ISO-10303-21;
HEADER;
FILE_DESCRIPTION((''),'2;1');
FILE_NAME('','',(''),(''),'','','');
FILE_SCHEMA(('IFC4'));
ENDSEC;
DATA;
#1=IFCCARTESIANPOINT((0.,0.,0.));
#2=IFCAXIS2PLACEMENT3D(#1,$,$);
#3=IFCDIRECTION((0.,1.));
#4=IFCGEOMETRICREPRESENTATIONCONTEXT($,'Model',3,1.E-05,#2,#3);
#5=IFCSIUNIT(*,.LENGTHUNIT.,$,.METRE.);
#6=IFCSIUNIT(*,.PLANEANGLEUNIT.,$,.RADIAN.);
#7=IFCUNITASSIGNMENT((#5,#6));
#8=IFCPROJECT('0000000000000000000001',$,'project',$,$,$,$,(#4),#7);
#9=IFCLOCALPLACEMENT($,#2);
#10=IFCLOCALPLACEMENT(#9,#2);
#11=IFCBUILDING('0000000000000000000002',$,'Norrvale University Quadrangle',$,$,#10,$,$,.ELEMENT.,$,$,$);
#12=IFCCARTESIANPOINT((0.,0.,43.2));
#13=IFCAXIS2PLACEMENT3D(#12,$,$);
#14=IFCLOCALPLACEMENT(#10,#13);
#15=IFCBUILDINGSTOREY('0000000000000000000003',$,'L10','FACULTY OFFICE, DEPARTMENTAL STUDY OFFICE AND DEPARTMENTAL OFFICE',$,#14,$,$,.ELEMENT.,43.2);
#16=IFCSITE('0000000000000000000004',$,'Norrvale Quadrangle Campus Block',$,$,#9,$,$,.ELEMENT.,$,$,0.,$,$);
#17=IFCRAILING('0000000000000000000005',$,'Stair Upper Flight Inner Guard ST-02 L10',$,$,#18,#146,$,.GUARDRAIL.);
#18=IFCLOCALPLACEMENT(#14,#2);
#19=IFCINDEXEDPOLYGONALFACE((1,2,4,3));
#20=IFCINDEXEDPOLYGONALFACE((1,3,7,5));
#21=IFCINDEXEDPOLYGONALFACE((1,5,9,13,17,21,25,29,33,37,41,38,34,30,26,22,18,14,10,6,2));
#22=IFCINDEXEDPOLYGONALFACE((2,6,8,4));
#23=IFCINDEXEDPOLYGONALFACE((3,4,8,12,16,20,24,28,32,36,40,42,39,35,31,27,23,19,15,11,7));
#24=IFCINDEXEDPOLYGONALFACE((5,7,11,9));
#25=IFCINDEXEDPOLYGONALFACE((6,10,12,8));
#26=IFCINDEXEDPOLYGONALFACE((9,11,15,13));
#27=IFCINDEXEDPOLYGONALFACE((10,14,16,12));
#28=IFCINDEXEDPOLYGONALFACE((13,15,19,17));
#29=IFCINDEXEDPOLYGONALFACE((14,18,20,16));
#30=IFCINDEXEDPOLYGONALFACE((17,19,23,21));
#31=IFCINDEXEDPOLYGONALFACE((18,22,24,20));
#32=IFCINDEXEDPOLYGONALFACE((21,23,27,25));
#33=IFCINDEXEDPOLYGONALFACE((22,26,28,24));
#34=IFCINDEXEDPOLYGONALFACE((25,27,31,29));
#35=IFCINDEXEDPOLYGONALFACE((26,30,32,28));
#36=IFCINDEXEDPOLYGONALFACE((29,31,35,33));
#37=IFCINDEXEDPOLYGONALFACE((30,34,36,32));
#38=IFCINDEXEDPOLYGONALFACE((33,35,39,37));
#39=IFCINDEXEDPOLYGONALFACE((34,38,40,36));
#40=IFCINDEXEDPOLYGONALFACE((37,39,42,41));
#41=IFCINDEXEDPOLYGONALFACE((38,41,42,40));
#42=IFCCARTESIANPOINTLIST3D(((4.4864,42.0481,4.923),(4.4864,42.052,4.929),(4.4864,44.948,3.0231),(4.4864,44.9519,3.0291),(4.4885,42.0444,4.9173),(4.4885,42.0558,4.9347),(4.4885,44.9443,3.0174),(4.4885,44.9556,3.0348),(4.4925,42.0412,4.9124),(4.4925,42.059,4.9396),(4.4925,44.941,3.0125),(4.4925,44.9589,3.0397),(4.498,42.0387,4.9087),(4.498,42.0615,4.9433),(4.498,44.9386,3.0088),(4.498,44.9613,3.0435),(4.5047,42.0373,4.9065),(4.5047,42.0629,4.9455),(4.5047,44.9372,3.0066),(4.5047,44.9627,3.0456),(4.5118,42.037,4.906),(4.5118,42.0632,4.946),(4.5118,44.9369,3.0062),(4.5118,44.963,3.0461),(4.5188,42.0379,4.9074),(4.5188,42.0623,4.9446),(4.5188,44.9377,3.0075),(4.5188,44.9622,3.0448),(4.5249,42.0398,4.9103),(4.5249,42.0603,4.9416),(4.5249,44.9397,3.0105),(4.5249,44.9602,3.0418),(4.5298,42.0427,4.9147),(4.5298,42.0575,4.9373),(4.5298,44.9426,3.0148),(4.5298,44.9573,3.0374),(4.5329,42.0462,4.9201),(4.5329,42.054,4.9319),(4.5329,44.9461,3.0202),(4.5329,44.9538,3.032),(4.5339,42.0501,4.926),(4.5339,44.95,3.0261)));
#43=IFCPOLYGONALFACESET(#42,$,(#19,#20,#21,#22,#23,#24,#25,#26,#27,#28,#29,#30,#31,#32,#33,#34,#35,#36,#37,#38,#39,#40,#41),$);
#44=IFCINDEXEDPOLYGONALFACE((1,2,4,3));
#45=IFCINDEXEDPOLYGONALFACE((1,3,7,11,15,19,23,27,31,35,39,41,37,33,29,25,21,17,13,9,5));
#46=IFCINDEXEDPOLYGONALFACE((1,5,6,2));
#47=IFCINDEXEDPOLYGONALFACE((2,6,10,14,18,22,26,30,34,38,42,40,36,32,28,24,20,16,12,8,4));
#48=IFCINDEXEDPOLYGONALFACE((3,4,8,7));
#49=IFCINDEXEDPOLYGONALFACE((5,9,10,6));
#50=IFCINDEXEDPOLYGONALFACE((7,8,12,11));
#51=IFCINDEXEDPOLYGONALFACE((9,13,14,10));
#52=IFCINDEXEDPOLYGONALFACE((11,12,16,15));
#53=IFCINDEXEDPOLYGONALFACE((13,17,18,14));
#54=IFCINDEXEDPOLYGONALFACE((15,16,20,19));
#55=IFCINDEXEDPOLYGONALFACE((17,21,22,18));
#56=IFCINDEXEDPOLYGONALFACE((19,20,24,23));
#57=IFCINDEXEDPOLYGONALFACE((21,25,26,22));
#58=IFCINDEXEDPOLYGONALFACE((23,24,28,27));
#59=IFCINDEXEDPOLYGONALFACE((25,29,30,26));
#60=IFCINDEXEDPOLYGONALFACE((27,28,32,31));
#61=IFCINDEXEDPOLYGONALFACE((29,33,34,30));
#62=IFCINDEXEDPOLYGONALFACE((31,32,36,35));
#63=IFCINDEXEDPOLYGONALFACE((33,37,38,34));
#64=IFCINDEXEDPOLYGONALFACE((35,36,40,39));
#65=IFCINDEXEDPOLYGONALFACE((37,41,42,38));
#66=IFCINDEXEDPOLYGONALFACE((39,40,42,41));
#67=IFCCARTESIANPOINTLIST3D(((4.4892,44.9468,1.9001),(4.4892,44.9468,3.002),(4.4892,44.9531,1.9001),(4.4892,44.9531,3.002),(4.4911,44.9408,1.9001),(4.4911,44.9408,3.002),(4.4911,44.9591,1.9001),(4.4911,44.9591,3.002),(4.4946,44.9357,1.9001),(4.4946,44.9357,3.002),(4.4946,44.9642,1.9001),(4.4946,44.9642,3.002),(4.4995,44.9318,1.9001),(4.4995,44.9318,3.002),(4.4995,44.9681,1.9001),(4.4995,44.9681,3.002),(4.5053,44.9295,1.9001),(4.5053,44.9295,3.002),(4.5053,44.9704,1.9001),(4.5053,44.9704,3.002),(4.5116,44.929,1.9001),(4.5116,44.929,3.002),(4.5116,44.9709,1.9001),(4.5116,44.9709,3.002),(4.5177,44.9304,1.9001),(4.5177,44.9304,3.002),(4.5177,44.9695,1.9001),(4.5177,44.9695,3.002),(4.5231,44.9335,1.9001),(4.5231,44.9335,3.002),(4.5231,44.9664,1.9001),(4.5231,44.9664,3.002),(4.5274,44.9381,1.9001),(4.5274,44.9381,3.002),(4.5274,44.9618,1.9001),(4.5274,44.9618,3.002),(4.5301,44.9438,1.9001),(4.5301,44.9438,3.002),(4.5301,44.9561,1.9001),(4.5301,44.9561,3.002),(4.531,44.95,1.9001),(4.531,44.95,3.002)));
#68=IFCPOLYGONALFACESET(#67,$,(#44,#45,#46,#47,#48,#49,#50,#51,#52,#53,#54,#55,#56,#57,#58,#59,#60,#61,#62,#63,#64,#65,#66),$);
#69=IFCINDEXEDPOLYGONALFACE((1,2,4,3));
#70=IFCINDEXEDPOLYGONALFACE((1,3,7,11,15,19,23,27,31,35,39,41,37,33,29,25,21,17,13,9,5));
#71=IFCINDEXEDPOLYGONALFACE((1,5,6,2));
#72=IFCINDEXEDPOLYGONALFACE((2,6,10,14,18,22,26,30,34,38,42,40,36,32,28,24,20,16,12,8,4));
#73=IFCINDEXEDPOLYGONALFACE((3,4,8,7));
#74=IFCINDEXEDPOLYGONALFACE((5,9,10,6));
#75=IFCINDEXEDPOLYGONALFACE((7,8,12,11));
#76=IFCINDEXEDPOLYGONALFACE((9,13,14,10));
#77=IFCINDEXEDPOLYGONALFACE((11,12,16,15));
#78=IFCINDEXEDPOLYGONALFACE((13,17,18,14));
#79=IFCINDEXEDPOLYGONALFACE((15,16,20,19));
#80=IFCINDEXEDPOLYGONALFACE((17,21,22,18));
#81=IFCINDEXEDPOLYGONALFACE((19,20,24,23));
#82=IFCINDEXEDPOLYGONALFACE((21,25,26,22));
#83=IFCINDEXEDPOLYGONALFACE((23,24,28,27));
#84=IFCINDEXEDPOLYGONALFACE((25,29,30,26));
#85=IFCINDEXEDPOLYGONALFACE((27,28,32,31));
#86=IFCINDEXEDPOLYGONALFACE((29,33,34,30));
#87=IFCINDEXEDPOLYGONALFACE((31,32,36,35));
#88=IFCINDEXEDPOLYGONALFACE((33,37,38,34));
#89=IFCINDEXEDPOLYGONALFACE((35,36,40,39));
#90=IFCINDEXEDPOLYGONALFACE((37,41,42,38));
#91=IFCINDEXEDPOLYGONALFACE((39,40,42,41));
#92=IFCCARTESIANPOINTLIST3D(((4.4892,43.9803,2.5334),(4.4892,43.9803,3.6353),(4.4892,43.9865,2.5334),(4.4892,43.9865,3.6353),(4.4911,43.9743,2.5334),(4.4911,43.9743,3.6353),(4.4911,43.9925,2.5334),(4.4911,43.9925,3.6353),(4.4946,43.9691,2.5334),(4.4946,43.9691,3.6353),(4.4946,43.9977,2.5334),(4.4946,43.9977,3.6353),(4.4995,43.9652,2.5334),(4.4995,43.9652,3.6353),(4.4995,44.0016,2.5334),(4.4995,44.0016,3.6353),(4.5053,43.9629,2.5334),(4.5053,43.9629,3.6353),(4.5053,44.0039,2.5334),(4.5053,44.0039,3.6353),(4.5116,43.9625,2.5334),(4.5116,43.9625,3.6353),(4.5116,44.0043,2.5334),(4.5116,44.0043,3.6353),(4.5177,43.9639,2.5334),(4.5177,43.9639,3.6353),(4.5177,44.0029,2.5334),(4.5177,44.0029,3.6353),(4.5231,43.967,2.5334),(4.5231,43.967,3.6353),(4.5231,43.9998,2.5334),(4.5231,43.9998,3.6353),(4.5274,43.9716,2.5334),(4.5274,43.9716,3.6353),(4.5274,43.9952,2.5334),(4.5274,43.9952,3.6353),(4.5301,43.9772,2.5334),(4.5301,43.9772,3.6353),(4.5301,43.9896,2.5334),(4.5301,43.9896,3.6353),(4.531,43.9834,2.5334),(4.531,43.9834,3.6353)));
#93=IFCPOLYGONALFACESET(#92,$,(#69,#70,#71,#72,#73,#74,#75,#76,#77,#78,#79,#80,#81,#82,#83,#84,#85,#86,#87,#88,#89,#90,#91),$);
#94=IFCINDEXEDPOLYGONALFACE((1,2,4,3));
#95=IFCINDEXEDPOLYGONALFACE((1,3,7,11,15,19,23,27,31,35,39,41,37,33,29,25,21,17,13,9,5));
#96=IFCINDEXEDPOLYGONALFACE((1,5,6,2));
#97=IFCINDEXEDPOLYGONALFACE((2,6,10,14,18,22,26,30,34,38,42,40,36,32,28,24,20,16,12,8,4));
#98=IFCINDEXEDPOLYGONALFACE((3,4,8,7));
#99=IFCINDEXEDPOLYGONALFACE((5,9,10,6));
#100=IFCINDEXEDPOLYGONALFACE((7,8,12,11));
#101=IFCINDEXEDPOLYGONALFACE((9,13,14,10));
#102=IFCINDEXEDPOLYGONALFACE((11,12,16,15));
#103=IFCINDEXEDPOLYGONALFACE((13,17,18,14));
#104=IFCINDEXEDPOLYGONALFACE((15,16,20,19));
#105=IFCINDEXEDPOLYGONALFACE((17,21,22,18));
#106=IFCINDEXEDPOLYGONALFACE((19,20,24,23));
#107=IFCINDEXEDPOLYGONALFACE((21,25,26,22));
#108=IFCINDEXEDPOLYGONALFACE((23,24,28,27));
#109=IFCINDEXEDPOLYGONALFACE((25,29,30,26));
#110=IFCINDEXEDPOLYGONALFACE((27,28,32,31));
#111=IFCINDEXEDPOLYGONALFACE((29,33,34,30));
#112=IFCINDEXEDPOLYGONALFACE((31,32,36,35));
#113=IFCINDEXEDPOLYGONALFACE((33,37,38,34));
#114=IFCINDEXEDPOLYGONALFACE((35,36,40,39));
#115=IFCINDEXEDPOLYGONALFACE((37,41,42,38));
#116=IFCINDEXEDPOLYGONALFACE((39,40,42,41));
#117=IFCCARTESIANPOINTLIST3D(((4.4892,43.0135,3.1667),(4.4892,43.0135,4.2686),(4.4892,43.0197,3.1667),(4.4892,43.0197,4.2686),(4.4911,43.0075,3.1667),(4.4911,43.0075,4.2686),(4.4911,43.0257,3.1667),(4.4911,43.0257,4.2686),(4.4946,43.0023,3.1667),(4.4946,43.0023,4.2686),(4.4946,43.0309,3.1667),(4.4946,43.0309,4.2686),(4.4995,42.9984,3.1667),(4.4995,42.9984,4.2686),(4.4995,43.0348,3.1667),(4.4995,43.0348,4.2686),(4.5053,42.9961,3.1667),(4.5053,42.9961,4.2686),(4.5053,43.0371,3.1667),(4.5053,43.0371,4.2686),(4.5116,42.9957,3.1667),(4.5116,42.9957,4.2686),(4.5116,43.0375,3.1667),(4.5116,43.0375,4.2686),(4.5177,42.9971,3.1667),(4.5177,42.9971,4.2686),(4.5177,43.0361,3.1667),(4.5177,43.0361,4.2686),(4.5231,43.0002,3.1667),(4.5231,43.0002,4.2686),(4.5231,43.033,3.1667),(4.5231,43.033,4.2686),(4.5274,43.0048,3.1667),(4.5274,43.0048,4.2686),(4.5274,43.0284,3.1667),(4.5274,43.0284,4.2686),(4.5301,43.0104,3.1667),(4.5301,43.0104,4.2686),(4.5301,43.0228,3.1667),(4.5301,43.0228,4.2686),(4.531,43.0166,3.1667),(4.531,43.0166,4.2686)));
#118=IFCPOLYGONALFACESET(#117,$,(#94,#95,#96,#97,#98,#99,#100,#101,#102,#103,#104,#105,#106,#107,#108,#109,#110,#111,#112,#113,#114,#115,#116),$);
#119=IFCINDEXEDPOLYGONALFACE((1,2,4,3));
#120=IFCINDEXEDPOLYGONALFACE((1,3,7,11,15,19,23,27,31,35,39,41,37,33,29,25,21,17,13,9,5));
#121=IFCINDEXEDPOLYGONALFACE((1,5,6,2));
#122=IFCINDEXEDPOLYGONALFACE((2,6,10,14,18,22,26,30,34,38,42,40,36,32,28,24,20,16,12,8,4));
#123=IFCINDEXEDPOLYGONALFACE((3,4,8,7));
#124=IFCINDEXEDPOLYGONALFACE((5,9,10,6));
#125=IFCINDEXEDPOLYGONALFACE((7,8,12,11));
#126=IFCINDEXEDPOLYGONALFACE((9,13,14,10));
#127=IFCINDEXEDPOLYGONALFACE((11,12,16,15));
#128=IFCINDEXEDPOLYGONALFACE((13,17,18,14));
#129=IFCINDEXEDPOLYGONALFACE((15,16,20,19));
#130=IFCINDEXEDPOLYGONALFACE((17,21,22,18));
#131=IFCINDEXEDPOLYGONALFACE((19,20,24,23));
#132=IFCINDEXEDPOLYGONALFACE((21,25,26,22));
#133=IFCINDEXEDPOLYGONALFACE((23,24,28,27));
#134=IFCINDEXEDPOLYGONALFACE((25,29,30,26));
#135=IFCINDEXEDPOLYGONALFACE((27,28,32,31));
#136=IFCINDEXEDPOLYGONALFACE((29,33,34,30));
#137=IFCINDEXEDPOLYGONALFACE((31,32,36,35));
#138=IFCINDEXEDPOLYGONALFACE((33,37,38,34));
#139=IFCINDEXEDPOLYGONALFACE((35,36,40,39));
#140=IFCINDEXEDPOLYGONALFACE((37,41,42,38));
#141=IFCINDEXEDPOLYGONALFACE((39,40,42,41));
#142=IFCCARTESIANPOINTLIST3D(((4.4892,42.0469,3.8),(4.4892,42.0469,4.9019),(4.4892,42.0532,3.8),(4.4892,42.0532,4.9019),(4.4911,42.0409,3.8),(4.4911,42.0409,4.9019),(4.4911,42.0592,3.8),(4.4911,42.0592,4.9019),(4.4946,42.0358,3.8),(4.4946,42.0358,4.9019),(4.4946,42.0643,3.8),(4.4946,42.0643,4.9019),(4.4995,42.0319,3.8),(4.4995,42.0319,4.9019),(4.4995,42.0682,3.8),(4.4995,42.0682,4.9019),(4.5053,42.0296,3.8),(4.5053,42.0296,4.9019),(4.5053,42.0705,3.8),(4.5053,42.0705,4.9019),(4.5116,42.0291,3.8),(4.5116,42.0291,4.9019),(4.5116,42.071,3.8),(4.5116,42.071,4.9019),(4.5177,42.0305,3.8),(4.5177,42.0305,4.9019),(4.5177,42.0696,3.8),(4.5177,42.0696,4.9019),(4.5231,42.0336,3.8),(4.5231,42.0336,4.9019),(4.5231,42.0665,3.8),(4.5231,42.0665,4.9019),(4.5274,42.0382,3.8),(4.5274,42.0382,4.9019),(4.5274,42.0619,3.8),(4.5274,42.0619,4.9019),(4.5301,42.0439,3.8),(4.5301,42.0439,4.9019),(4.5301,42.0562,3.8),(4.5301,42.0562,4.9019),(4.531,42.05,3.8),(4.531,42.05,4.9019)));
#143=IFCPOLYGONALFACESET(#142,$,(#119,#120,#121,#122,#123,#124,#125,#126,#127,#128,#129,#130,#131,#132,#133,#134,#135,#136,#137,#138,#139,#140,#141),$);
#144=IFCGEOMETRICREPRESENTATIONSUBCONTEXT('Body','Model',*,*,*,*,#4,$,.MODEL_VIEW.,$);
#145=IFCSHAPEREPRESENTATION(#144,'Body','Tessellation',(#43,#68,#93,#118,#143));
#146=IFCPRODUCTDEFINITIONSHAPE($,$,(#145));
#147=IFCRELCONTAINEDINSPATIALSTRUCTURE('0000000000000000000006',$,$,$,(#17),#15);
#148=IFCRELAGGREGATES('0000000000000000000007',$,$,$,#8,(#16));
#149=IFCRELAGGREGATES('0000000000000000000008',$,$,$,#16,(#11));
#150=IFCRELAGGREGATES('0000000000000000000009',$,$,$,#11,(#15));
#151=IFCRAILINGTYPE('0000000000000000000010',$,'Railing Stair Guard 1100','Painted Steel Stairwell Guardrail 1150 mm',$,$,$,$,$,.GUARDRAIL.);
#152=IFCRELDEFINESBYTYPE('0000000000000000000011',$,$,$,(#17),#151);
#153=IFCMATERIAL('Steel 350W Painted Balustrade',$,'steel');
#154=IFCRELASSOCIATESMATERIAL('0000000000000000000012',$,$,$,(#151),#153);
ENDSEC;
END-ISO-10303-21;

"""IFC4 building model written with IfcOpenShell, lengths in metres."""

from ifc_helpers import new_model, si_unit, direction, frame, origin, origin_2d, place, context, subcontext, project, spatial, circle, extrude, material, type_object, element, save


model = new_model("IFC4")

# Units and contexts
model_context = context("Model", 3, precision=1e-05, world=origin(), true_north=direction((0.0, 1.0)))
body_context = subcontext(model_context, "Body", "Model", "MODEL_VIEW")
ifc_project = project(units=[si_unit("LENGTHUNIT", "METRE"), si_unit("PLANEANGLEUNIT", "RADIAN")], contexts=[model_context])

# Site, building, storey
site_placement = place(None, origin())
site = spatial("IfcSite", under=ifc_project, at=site_placement, Name="Norrvale Quadrangle Campus Block", CompositionType="ELEMENT", RefElevation=0.0)
building_placement = place(site_placement, origin())
building = spatial("IfcBuilding", under=site, at=building_placement, Name="Norrvale University Quadrangle", CompositionType="ELEMENT")
storey_placement = place(building_placement, frame((0.0, 0.0, 43.2)))
storey = spatial("IfcBuildingStorey", under=building, at=storey_placement, Name="L10", Description="FACULTY OFFICE, DEPARTMENTAL STUDY OFFICE AND DEPARTMENTAL OFFICE", CompositionType="ELEMENT", Elevation=43.2)

# Railing
ifc_material_1 = material(Name="Steel 350W Painted Balustrade", Category="steel")
railing_type_1 = type_object("IfcRailingType", Name="Railing Stair Guard 1100", Description="Painted Steel Stairwell Guardrail 1150 mm", PredefinedType="GUARDRAIL", material=ifc_material_1)
railing_1_placement = place(storey_placement, frame((4.51, 44.95, 1.9001)))
element("IfcRailing", 1, at=railing_1_placement, inside=storey, type_object=railing_type_1, Name="Stair Upper Flight Inner Guard ST-02 L10", PredefinedType="GUARDRAIL", context=body_context, shape_type="SweptSolid", body=[
    extrude(circle(Radius=0.0239, at=origin_2d()), frame((0.0, 0.0, 1.126), z_axis=(0.0, -0.836466, 0.548019), x_axis=(1.0, 0.0, 0.0)), (0.0, 0.0, 1.0), 3.4668),
    extrude(circle(Radius=0.021, at=origin_2d()), origin(), (0.0, 0.0, 1.0), 1.1018),
    extrude(circle(Radius=0.021, at=origin_2d()), frame((0.0, -0.9666, 0.6333)), (0.0, 0.0, 1.0), 1.1018),
    extrude(circle(Radius=0.021, at=origin_2d()), frame((0.0, -1.9333, 1.2666)), (0.0, 0.0, 1.0), 1.1018),
    extrude(circle(Radius=0.021, at=origin_2d()), frame((0.0, -2.8999, 1.8999)), (0.0, 0.0, 1.0), 1.1018),
])

save(model, "model.ifc")
